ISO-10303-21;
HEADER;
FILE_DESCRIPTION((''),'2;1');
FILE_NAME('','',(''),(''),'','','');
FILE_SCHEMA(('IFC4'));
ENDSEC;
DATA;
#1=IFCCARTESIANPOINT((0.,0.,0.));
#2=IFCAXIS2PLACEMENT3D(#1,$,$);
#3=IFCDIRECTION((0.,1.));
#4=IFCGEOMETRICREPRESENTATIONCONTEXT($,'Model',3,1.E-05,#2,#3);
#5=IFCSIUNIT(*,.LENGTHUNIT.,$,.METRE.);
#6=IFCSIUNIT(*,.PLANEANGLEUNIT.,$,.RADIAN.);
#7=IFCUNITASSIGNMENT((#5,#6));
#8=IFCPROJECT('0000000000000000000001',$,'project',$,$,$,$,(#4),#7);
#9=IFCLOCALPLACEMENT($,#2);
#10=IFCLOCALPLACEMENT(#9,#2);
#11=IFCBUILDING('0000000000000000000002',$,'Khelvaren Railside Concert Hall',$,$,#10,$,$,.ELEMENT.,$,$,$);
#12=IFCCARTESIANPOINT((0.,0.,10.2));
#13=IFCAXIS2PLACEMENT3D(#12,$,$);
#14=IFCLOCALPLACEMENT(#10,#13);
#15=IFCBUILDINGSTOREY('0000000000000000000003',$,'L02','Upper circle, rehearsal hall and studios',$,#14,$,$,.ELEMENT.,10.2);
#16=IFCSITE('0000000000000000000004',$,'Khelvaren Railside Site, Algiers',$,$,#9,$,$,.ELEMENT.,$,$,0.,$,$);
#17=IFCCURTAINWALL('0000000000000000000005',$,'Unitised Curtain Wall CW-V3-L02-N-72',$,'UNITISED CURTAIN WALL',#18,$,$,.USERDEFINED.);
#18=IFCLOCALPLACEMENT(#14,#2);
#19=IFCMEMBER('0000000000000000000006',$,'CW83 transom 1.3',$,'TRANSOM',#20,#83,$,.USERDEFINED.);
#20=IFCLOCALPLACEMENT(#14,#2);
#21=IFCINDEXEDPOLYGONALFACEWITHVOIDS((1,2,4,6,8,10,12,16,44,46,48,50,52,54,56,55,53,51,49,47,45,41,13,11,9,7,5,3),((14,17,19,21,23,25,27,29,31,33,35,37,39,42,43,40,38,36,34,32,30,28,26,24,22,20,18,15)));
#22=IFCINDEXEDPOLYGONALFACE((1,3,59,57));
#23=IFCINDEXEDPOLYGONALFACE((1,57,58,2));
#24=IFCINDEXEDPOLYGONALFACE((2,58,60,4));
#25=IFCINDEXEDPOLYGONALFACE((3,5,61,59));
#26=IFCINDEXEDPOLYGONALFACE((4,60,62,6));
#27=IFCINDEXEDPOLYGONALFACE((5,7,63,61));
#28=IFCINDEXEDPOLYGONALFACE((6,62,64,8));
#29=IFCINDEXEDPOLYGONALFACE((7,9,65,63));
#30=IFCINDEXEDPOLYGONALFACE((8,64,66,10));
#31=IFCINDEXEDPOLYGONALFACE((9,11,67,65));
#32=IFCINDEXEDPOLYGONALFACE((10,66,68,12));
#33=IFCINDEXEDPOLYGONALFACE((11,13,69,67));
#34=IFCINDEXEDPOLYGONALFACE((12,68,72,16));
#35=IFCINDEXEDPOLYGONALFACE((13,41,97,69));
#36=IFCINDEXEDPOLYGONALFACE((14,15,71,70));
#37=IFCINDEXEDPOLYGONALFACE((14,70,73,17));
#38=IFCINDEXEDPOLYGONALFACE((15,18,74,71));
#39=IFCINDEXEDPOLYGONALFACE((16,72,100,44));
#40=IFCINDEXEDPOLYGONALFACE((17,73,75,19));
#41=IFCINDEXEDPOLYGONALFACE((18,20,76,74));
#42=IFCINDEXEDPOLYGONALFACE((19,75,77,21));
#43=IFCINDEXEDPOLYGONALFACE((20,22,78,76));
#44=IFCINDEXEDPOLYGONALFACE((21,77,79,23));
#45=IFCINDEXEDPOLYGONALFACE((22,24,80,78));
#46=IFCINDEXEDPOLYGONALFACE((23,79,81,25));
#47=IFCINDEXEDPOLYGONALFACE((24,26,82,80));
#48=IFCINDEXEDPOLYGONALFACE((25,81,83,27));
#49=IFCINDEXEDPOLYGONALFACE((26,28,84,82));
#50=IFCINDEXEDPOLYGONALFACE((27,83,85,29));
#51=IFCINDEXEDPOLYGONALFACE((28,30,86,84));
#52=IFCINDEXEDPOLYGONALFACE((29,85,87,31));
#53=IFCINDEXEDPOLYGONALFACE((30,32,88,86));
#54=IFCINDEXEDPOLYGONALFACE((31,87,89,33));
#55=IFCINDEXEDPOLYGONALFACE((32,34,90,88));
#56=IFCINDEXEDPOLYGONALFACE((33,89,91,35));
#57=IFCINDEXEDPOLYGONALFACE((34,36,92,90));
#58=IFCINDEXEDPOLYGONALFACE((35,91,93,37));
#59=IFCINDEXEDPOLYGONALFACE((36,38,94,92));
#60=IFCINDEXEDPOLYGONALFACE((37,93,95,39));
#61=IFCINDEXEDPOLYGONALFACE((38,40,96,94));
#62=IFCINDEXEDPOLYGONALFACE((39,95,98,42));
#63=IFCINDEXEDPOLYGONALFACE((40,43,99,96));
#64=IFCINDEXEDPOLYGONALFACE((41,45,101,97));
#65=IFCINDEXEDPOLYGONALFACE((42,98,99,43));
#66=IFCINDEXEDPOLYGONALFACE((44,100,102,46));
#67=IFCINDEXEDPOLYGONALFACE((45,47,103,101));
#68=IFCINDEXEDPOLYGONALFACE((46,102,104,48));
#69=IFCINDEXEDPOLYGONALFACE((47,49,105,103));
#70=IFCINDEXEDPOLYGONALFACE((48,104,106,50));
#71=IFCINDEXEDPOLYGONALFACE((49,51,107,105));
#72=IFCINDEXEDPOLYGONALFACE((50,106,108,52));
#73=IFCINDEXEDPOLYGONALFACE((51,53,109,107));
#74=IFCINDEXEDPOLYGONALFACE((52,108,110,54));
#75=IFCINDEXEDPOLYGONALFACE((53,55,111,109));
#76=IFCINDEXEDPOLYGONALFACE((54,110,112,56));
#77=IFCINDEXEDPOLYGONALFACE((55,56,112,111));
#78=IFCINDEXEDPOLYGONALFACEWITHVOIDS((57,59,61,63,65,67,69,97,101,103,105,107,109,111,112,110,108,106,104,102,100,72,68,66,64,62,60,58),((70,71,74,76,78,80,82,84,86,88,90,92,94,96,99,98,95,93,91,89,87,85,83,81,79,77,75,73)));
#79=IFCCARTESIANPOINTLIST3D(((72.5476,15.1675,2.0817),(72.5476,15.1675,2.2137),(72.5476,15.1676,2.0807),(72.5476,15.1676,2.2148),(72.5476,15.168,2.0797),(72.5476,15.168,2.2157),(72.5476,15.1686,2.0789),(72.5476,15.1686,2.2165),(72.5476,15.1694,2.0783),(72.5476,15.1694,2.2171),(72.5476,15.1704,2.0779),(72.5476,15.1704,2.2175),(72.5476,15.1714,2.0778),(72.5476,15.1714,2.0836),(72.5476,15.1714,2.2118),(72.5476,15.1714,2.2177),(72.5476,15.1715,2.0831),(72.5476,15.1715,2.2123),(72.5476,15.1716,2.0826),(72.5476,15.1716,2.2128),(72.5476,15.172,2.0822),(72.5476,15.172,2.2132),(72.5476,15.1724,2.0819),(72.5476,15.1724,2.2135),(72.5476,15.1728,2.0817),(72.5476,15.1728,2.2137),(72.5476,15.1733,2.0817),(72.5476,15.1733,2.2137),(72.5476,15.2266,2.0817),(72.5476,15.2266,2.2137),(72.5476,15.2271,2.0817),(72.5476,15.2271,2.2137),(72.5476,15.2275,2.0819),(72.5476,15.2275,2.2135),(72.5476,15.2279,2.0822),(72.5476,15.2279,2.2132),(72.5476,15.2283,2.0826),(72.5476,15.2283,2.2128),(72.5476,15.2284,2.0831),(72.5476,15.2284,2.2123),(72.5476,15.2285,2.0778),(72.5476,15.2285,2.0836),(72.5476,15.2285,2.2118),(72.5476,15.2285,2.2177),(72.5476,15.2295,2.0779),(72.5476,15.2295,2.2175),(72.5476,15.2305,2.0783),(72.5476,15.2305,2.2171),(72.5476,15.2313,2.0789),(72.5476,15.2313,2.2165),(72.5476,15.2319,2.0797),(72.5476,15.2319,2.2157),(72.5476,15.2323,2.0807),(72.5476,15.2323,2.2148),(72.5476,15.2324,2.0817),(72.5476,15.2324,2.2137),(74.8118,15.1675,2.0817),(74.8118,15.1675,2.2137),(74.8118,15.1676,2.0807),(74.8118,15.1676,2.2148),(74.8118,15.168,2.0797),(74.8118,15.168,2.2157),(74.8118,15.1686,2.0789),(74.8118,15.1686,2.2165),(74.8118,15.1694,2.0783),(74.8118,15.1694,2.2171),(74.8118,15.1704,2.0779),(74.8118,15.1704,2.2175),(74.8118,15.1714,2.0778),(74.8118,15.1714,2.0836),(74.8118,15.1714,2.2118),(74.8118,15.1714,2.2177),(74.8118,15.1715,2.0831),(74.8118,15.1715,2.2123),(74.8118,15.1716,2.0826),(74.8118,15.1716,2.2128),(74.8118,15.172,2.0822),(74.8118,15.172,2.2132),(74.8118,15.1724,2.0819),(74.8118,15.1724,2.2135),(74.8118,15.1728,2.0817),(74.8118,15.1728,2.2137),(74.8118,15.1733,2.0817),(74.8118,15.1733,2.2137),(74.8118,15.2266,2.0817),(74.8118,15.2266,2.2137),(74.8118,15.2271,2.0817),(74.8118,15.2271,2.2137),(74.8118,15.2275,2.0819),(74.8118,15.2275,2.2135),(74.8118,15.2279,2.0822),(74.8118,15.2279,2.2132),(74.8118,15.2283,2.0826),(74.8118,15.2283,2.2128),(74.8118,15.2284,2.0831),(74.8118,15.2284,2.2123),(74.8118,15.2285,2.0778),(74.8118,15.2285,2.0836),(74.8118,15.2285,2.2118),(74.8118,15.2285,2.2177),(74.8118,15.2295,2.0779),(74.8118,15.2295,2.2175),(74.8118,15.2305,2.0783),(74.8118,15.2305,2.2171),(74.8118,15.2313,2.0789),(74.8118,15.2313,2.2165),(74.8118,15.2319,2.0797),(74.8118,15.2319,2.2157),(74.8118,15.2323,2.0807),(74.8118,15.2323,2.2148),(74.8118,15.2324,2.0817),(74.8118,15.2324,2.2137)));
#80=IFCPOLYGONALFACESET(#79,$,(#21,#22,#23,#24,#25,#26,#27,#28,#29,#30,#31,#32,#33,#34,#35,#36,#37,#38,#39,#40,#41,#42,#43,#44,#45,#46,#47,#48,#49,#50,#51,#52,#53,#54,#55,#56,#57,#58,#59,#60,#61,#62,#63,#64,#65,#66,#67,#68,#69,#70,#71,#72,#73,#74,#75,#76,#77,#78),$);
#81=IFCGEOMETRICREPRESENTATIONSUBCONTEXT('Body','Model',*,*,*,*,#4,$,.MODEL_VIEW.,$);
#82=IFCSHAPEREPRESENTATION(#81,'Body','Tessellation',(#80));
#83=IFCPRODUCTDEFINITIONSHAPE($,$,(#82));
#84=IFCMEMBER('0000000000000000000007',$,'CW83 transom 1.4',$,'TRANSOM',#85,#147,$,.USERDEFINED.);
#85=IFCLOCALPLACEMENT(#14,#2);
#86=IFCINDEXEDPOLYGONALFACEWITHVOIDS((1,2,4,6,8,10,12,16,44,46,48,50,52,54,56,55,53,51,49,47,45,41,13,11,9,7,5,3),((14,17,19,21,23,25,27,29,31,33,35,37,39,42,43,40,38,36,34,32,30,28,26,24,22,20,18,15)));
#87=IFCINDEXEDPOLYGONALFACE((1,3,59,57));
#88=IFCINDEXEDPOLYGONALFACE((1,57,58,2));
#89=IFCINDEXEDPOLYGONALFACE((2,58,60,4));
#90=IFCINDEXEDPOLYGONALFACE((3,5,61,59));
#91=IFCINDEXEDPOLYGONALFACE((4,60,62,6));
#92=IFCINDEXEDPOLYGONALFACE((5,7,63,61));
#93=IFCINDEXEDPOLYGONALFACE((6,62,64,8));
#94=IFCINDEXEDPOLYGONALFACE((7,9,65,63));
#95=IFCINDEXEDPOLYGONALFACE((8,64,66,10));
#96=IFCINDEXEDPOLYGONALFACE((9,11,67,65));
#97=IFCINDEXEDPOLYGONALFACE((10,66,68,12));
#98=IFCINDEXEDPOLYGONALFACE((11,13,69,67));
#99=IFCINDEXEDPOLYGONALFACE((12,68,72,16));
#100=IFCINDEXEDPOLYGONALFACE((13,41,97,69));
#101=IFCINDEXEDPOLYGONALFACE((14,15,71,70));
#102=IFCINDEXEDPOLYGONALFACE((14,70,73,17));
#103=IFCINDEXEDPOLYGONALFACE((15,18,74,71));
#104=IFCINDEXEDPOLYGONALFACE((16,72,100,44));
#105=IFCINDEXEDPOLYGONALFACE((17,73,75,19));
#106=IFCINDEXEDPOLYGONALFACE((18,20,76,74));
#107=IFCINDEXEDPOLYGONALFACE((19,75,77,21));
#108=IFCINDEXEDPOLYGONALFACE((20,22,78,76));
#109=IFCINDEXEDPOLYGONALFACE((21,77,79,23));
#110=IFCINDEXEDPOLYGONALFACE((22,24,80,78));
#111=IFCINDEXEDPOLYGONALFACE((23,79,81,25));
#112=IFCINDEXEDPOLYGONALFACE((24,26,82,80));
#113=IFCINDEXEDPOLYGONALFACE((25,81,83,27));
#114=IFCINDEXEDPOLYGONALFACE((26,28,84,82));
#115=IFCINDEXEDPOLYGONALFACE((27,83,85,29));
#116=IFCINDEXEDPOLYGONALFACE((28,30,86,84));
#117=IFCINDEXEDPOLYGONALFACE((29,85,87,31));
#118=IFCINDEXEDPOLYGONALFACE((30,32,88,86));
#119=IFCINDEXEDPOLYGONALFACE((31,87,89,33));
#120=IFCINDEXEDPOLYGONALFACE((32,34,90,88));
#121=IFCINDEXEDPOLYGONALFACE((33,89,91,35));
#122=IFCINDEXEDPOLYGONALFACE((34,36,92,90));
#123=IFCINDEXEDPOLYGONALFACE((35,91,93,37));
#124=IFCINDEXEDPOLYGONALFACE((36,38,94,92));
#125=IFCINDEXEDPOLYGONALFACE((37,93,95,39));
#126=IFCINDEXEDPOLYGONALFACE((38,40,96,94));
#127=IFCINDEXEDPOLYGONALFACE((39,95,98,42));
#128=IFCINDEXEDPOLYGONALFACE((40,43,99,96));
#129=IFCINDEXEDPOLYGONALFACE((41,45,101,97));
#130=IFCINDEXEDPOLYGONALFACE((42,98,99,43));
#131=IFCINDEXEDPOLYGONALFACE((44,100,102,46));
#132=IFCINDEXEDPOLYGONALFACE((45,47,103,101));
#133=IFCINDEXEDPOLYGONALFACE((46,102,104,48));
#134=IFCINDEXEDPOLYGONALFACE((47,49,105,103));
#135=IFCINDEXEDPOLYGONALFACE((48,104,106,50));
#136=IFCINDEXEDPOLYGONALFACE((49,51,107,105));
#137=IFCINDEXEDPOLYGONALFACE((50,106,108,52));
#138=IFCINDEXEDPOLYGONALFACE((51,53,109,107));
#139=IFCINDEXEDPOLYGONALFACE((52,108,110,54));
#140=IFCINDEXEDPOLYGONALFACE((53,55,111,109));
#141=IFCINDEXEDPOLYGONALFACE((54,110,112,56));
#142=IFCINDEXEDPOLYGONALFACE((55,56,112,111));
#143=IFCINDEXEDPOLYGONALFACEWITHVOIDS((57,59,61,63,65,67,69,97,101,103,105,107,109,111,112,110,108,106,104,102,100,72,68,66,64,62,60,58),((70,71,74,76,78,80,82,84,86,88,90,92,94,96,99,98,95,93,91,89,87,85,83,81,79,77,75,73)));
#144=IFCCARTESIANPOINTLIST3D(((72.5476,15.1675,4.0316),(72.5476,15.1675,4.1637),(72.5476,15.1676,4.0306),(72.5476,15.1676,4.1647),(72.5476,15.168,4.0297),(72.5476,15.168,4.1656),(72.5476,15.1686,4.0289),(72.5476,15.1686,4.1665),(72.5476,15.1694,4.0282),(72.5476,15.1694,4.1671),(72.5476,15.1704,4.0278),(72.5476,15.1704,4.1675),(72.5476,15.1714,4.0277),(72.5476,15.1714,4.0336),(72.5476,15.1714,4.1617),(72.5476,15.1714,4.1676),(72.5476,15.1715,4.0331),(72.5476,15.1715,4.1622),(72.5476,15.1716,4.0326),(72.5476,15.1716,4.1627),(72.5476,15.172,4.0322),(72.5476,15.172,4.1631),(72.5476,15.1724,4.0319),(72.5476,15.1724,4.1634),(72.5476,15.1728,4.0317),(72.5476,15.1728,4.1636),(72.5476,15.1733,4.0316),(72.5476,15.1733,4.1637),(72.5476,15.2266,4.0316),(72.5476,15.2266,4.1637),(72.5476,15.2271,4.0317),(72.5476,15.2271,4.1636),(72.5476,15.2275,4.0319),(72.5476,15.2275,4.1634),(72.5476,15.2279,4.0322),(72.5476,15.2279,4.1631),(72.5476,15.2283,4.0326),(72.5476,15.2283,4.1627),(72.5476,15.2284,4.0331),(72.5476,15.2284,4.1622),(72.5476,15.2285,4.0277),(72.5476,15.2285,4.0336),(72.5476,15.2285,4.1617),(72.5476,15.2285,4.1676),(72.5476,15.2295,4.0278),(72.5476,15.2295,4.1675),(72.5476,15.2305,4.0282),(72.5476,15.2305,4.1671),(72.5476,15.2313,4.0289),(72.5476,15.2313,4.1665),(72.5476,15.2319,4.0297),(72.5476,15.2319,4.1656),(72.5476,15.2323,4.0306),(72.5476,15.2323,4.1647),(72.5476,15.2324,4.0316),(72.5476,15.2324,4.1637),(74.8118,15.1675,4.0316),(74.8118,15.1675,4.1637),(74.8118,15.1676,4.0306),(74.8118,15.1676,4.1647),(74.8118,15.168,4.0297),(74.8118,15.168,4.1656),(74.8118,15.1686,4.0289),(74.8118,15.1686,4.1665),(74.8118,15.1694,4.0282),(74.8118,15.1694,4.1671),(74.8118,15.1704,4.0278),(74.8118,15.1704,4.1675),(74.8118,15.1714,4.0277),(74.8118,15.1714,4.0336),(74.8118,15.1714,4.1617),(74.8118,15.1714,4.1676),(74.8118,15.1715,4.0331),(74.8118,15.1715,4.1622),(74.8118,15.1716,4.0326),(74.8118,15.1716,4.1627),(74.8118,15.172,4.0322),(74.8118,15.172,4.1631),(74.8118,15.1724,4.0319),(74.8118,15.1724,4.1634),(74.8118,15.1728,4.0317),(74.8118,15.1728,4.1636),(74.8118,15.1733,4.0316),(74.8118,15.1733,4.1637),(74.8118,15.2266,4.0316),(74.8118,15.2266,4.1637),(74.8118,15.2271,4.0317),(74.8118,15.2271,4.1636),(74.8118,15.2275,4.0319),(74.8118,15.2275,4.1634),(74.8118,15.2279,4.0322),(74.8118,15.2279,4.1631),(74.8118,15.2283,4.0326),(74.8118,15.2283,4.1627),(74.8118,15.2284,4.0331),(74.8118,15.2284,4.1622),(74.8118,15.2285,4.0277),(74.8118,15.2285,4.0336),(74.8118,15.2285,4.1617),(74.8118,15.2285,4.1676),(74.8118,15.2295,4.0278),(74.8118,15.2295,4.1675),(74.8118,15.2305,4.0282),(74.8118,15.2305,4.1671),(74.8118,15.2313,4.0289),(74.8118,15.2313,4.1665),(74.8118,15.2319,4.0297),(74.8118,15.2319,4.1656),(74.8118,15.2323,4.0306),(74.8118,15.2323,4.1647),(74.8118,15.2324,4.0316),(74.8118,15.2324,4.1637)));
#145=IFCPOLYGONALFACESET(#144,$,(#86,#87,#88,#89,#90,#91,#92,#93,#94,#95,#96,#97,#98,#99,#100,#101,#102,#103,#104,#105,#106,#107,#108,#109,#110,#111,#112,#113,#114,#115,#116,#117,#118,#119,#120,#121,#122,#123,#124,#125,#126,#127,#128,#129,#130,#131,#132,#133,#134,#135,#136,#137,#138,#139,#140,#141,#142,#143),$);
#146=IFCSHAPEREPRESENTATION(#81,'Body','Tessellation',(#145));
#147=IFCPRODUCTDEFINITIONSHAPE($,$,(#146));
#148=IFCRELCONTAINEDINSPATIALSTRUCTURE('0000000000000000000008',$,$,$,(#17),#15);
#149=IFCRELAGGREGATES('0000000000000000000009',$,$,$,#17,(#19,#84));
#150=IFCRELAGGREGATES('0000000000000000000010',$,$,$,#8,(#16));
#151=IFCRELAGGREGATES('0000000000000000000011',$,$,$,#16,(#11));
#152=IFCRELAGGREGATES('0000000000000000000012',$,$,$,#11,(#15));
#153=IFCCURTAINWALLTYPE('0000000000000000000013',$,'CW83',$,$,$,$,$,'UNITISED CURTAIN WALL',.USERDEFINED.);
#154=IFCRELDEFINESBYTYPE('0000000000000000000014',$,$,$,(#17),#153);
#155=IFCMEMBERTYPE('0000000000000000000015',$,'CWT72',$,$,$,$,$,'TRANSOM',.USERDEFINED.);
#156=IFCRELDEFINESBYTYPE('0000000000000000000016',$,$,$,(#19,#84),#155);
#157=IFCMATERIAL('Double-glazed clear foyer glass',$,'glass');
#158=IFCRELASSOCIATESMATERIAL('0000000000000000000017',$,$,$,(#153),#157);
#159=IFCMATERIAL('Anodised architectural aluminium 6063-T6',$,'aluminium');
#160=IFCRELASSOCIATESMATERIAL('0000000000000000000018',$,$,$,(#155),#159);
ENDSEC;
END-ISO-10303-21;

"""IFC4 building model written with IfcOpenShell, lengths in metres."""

from ifc_helpers import new_model, si_unit, direction, frame, origin, origin_2d, place, context, subcontext, project, spatial, hollow_rectangle, extrude, material, material_profile, profile_set, type_object, element, aggregate, save


model = new_model("IFC4")

# Units and contexts
model_context = context("Model", 3, precision=1e-05, world=origin(), true_north=direction((0.0, 1.0)))
body_context = subcontext(model_context, "Body", "Model", "MODEL_VIEW")
ifc_project = project(units=[si_unit("LENGTHUNIT", "METRE"), si_unit("PLANEANGLEUNIT", "RADIAN")], contexts=[model_context])

# Site, building, storey
site_placement = place(None, origin())
site = spatial("IfcSite", under=ifc_project, at=site_placement, Name="Khelvaren Railside Site, Algiers", CompositionType="ELEMENT", RefElevation=0.0)
building_placement = place(site_placement, origin())
building = spatial("IfcBuilding", under=site, at=building_placement, Name="Khelvaren Railside Concert Hall", CompositionType="ELEMENT")
storey_placement = place(building_placement, frame((0.0, 0.0, 10.2)))
storey = spatial("IfcBuildingStorey", under=building, at=storey_placement, Name="L02", Description="Upper circle, rehearsal hall and studios", CompositionType="ELEMENT", Elevation=10.2)

# Curtain wall, members
ifc_material_1 = material(Name="Double-glazed clear foyer glass", Category="glass")
curtain_wall_type = type_object("IfcCurtainWallType", Name="CW83", ElementType="UNITISED CURTAIN WALL", PredefinedType="USERDEFINED", material=ifc_material_1)
curtain_wall_placement = place(storey_placement, origin())
curtain_wall = element("IfcCurtainWall", 1, at=curtain_wall_placement, inside=storey, type_object=curtain_wall_type, Name="Unitised Curtain Wall CW-V3-L02-N-72", ObjectType="UNITISED CURTAIN WALL", PredefinedType="USERDEFINED")
ifc_material_2 = material(Name="Anodised architectural aluminium 6063-T6", Category="aluminium")
ifc_material_profile_1 = material_profile(ifc_material_2, hollow_rectangle(XDim=0.0649, YDim=0.1399, WallThickness=0.0039, InnerFilletRadius=0.002, OuterFilletRadius=0.0039, at=origin_2d()), Name="CWT 65x140x4")
ifc_profile_set_1 = profile_set([ifc_material_profile_1], Name="Anodised architectural aluminium 6063-T6")
member_type_1 = type_object("IfcMemberType", Name="CWT72", ElementType="TRANSOM", PredefinedType="USERDEFINED", material=ifc_profile_set_1)
member_1_placement = place(storey_placement, frame((72.5476, 15.2, 2.1477), z_axis=(1.0, 0.0, 0.0), x_axis=(0.0, 1.0, 0.0)))
member_1 = element("IfcMember", 2, at=member_1_placement, type_object=member_type_1, Name="CW83 transom 1.3", ObjectType="TRANSOM", PredefinedType="USERDEFINED", context=body_context, shape_type="SweptSolid", body=[
    extrude(hollow_rectangle(XDim=0.0649, YDim=0.1399, WallThickness=0.0039, InnerFilletRadius=0.002, OuterFilletRadius=0.0039, at=origin_2d()), origin(), (0.0, 0.0, 1.0), 2.2642),
])
member_2_placement = place(storey_placement, frame((72.5476, 15.2, 4.0977), z_axis=(1.0, 0.0, 0.0), x_axis=(0.0, 1.0, 0.0)))
member_2 = element("IfcMember", 3, at=member_2_placement, type_object=member_type_1, Name="CW83 transom 1.4", ObjectType="TRANSOM", PredefinedType="USERDEFINED", context=body_context, shape_type="SweptSolid", body=[
    extrude(hollow_rectangle(XDim=0.0649, YDim=0.1399, WallThickness=0.0039, InnerFilletRadius=0.002, OuterFilletRadius=0.0039, at=origin_2d()), origin(), (0.0, 0.0, 1.0), 2.2642),
])

aggregate(curtain_wall, [member_1, member_2])

save(model, "model.ifc")
